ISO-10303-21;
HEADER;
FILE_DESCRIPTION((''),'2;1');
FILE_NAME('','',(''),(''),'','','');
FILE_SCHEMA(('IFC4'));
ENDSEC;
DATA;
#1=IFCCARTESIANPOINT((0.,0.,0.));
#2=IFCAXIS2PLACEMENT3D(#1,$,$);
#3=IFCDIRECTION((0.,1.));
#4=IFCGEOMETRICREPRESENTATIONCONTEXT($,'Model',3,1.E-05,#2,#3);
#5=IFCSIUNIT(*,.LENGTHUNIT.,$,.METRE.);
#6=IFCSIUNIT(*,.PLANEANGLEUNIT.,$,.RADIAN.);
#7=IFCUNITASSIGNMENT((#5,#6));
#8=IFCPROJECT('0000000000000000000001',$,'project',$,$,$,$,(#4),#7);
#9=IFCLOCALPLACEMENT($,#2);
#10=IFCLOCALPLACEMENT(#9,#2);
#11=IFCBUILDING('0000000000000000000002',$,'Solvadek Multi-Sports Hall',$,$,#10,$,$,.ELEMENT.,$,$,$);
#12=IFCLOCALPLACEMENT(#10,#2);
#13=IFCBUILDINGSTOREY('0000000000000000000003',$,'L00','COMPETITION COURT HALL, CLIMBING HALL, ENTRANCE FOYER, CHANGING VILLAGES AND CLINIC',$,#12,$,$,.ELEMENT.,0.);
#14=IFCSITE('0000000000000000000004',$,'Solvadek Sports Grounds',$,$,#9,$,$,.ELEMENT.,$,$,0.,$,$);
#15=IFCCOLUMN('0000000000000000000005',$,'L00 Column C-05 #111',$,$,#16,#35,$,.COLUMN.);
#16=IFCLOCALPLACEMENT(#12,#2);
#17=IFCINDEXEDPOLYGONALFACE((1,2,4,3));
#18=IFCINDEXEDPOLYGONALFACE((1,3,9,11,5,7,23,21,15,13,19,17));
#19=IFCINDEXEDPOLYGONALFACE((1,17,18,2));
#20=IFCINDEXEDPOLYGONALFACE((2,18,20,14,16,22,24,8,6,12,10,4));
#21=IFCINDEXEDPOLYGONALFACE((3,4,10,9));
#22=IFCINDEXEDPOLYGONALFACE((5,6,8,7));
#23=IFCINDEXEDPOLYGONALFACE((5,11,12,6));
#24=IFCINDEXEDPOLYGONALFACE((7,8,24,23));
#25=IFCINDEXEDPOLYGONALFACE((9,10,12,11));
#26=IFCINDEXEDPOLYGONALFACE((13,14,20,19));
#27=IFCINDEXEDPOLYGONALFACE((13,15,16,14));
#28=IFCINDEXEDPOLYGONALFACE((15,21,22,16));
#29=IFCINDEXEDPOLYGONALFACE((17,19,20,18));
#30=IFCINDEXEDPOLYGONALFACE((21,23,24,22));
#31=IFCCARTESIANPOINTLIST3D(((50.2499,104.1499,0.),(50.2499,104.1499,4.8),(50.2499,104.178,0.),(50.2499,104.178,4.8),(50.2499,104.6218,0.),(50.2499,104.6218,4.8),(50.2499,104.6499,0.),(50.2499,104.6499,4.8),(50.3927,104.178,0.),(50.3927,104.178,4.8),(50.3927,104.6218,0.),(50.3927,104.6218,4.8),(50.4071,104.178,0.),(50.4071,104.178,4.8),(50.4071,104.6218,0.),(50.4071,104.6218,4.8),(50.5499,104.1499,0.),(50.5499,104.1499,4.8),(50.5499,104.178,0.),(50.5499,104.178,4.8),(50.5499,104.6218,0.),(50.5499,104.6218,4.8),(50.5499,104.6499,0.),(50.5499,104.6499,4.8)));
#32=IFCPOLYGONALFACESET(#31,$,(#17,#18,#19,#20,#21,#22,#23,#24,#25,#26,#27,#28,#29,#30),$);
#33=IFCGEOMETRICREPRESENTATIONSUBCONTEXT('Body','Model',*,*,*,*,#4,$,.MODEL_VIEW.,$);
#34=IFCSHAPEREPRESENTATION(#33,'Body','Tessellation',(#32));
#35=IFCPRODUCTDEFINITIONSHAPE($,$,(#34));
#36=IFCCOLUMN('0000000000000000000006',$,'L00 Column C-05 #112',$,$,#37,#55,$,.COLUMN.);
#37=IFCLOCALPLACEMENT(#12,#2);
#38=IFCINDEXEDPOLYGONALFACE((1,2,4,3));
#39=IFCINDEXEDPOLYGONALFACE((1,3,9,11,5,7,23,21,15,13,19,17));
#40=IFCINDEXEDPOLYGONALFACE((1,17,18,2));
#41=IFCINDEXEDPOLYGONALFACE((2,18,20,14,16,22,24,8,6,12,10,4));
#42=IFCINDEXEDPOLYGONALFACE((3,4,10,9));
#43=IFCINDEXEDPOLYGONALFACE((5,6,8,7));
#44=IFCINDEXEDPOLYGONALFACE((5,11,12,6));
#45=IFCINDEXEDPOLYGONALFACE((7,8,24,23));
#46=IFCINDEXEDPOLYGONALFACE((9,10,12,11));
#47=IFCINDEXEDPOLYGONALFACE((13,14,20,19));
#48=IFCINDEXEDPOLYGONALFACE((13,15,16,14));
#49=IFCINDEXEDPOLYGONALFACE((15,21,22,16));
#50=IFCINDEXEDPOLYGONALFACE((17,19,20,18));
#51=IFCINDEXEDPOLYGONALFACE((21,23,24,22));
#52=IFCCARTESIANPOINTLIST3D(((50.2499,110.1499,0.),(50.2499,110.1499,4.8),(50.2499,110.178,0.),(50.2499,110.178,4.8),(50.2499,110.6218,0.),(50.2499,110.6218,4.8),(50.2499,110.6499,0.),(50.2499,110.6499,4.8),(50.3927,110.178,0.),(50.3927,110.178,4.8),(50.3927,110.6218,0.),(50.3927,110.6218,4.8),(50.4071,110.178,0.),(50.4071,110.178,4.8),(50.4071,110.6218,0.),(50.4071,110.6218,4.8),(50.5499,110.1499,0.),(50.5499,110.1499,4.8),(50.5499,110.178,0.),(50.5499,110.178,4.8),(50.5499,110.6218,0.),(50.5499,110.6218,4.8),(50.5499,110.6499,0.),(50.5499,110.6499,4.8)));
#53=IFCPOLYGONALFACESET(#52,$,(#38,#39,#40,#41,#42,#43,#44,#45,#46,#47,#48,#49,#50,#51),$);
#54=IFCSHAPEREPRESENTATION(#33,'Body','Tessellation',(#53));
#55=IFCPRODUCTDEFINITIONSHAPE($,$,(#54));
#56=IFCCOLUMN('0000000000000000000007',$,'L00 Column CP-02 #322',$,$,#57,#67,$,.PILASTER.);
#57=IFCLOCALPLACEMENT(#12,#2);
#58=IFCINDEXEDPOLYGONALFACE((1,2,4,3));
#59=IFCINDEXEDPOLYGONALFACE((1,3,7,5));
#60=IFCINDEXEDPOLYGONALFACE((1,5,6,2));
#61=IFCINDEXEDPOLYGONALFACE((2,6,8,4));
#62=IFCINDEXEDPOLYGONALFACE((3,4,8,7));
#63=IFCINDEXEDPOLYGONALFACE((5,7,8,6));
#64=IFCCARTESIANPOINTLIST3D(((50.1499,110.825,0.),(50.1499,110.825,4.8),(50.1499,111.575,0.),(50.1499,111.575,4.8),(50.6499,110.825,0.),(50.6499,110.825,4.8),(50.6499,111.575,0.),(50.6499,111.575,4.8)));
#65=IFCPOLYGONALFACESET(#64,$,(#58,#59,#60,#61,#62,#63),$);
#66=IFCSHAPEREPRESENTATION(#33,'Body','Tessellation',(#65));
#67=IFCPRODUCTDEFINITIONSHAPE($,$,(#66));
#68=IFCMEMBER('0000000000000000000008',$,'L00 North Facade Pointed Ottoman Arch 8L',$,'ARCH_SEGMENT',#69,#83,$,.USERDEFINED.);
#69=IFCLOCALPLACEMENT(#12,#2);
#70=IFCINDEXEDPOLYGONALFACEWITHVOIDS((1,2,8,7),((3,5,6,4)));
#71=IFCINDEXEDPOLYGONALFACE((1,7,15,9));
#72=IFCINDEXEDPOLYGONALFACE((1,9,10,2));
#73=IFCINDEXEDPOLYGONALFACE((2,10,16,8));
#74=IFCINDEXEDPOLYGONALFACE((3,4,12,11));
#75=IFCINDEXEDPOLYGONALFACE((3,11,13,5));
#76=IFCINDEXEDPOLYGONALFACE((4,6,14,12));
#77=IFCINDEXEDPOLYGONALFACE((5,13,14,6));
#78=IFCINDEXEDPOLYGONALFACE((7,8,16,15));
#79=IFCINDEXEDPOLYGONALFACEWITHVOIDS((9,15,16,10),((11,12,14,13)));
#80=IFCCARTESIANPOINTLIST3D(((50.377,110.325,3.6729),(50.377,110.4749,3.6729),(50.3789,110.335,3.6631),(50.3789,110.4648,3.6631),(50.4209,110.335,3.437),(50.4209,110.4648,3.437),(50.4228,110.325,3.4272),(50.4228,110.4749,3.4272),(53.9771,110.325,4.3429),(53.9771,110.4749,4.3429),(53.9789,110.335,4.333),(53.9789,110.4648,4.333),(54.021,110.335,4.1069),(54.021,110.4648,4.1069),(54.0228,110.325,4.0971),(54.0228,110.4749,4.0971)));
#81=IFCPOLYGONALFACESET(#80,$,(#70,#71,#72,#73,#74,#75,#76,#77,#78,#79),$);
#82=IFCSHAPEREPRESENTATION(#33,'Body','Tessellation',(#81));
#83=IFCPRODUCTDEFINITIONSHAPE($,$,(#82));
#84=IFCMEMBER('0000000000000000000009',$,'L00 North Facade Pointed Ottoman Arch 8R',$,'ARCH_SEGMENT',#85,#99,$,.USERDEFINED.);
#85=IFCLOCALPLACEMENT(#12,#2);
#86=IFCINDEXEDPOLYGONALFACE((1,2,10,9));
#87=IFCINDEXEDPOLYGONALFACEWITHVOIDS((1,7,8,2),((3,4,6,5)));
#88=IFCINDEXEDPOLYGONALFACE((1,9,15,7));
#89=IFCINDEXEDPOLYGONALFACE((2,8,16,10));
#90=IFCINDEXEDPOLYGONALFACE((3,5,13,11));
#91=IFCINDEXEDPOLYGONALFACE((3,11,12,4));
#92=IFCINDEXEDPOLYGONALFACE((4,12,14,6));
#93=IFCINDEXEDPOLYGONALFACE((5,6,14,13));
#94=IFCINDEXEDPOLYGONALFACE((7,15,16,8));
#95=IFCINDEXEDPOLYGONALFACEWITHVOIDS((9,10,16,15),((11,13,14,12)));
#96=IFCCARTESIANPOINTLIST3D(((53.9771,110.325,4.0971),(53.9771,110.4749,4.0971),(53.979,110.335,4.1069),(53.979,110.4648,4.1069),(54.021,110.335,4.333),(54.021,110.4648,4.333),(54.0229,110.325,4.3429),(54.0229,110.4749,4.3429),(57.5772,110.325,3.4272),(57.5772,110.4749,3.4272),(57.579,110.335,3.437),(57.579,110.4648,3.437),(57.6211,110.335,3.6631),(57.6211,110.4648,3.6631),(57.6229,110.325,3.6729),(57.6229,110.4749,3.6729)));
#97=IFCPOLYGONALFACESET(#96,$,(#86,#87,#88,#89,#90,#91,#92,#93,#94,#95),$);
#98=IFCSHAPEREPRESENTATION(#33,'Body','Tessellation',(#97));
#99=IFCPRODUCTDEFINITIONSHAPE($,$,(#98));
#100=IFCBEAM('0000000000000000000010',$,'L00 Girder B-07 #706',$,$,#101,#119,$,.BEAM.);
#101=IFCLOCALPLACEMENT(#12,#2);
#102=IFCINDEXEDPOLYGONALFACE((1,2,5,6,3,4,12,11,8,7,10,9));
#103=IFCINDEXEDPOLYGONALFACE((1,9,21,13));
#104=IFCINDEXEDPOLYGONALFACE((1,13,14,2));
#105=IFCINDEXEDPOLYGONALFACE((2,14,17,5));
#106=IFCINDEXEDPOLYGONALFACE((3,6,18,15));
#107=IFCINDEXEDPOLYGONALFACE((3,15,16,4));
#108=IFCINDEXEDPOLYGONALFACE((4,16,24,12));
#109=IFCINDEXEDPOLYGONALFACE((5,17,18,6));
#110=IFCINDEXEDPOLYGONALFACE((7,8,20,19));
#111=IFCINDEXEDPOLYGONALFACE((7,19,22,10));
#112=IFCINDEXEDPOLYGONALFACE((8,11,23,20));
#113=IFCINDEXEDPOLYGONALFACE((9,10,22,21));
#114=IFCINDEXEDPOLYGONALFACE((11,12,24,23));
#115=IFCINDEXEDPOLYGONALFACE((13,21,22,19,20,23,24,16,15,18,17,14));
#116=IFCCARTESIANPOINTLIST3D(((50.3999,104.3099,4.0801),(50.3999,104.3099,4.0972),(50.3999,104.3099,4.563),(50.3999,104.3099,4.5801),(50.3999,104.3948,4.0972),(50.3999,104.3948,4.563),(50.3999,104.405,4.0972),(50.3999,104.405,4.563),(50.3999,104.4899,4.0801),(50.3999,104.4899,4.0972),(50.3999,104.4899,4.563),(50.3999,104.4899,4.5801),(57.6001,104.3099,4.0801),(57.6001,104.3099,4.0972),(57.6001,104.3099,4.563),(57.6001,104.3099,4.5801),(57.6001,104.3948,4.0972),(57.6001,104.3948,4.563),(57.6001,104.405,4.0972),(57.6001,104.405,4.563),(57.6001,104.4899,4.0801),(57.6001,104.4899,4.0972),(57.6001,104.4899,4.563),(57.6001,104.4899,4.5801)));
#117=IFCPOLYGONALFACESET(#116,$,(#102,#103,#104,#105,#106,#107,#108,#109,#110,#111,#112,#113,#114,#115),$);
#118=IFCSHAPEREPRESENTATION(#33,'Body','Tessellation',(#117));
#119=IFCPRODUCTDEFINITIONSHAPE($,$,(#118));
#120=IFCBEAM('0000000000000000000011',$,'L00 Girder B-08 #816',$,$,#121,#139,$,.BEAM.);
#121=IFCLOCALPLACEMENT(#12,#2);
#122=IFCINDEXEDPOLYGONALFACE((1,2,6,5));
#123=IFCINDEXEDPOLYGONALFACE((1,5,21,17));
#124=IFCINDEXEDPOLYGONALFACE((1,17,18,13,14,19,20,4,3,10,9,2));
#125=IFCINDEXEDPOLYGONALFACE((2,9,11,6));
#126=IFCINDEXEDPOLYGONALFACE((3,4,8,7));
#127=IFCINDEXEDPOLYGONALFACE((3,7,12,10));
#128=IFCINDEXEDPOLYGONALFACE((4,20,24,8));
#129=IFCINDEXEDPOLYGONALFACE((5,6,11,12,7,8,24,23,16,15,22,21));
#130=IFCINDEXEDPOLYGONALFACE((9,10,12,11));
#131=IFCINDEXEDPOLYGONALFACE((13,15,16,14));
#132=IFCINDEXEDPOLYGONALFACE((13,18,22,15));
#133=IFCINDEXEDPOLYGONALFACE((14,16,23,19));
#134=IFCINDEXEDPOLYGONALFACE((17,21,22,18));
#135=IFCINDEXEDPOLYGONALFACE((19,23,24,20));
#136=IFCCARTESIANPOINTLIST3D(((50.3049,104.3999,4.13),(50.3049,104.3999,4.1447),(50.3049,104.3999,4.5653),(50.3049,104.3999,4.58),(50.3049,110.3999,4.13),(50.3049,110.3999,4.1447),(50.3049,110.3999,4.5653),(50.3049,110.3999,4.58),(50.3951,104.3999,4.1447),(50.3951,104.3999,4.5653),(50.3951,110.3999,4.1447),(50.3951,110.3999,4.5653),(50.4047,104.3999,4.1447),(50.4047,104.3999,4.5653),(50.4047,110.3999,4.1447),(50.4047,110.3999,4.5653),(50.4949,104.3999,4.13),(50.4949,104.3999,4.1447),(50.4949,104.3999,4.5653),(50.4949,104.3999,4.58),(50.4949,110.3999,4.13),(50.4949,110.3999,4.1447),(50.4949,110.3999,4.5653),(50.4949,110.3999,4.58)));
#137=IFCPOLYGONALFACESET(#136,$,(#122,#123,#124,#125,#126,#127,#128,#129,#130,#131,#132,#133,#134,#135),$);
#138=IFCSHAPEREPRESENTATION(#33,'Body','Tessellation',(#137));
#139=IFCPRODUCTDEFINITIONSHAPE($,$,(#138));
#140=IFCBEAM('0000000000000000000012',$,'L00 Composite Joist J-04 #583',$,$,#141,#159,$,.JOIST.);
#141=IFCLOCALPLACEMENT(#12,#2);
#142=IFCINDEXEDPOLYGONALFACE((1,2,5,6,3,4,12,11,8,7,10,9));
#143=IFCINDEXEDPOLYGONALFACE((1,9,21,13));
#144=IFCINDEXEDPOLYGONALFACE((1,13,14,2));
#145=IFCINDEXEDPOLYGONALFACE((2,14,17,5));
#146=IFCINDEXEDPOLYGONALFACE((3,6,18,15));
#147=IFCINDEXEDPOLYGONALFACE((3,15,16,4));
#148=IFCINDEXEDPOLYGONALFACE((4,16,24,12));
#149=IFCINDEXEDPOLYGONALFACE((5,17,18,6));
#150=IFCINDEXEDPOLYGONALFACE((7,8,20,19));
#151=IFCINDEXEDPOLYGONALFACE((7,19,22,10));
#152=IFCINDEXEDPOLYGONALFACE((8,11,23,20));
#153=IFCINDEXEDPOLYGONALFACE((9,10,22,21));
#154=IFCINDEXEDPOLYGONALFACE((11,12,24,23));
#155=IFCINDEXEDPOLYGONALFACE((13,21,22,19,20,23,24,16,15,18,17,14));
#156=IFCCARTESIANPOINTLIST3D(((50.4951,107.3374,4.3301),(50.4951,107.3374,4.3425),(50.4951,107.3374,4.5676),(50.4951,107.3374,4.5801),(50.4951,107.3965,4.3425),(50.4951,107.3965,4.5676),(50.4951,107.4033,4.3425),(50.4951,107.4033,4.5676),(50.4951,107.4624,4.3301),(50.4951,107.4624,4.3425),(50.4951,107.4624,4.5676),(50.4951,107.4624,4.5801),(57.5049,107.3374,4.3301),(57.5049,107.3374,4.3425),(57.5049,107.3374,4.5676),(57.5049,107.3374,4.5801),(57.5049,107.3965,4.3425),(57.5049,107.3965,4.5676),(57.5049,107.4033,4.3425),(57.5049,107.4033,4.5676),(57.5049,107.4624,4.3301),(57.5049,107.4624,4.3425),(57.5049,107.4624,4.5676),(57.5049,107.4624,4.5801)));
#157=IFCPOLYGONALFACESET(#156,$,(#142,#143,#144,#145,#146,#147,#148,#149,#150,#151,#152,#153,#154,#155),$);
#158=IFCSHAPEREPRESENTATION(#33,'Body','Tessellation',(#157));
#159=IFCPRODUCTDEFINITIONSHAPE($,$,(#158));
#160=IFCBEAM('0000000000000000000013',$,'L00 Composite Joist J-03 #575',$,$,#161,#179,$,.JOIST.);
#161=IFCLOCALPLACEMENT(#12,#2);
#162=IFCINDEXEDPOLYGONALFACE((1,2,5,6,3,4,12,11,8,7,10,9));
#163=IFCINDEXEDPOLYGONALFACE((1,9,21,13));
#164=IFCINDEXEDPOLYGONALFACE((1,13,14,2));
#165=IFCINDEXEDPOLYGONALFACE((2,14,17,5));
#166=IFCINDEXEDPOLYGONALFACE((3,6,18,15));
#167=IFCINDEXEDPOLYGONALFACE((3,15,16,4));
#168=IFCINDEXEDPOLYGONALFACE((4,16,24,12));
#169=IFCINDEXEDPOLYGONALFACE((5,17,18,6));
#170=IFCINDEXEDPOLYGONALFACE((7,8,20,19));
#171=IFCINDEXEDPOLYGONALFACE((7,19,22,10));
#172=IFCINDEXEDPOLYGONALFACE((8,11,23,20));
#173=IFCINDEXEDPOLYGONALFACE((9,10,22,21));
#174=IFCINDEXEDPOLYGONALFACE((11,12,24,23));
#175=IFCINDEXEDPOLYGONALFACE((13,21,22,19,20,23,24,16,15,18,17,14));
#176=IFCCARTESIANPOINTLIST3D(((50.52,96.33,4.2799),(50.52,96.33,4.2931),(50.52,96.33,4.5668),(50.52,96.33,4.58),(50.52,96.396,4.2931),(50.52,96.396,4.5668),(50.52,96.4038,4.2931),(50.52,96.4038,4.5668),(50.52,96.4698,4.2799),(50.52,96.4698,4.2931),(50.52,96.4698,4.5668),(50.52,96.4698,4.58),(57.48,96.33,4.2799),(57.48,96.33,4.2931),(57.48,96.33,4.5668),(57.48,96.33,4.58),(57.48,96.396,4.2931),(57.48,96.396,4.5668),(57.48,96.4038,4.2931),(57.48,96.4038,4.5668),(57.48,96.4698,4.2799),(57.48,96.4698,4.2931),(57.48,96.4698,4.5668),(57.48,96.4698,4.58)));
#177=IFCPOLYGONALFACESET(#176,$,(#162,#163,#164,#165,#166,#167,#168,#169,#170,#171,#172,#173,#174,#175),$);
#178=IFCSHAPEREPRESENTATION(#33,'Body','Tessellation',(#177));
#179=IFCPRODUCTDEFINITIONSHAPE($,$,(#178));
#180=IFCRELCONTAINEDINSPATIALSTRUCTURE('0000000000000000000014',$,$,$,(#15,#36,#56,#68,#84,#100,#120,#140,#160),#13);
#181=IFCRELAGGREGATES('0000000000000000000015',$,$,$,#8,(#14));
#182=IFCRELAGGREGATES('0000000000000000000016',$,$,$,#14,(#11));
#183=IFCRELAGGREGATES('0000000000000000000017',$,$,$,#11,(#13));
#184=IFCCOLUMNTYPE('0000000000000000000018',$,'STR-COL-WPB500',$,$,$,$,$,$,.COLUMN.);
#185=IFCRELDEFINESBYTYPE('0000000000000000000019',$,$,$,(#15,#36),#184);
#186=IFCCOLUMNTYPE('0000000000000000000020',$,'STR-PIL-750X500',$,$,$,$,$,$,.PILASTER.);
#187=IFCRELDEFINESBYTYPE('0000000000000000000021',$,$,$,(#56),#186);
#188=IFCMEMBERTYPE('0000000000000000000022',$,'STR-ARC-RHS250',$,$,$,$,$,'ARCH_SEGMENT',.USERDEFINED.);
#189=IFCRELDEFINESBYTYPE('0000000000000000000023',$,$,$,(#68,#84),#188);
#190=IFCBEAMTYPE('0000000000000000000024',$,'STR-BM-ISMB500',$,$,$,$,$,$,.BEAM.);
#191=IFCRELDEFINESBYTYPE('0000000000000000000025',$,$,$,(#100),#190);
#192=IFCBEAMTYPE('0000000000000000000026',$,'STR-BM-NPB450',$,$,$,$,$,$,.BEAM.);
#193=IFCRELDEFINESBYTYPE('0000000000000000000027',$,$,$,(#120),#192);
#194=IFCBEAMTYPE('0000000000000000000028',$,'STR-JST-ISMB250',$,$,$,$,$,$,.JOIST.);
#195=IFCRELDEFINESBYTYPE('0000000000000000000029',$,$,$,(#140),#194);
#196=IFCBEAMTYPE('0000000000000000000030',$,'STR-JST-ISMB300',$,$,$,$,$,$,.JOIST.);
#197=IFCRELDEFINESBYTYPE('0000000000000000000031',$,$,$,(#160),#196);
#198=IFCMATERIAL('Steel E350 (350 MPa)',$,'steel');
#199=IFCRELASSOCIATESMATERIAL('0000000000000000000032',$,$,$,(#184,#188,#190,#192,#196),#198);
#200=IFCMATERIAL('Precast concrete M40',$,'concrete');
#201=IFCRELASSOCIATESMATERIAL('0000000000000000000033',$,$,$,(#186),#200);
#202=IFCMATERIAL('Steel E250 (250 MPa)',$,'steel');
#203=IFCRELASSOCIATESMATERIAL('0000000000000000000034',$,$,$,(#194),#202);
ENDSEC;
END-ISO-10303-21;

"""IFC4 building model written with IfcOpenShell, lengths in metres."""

from ifc_helpers import new_model, si_unit, direction, frame, origin, origin_2d, place, context, subcontext, project, spatial, rectangle, hollow_rectangle, i_section, extrude, material, material_profile, profile_set, type_object, element, save


model = new_model("IFC4")

# Units and contexts
model_context = context("Model", 3, precision=1e-05, world=origin(), true_north=direction((0.0, 1.0)))
body_context = subcontext(model_context, "Body", "Model", "MODEL_VIEW")
ifc_project = project(units=[si_unit("LENGTHUNIT", "METRE"), si_unit("PLANEANGLEUNIT", "RADIAN")], contexts=[model_context])

# Site, building, storey
site_placement = place(None, origin())
site = spatial("IfcSite", under=ifc_project, at=site_placement, Name="Solvadek Sports Grounds", CompositionType="ELEMENT", RefElevation=0.0)
building_placement = place(site_placement, origin())
building = spatial("IfcBuilding", under=site, at=building_placement, Name="Solvadek Multi-Sports Hall", CompositionType="ELEMENT")
storey_placement = place(building_placement, origin())
storey = spatial("IfcBuildingStorey", under=building, at=storey_placement, Name="L00", Description="COMPETITION COURT HALL, CLIMBING HALL, ENTRANCE FOYER, CHANGING VILLAGES AND CLINIC", CompositionType="ELEMENT", Elevation=0.0)

# Columns
ifc_material_1 = material(Name="Steel E350 (350 MPa)", Category="steel")
ifc_material_profile_1 = material_profile(ifc_material_1, i_section(OverallWidth=0.3, OverallDepth=0.5, WebThickness=0.0144, FlangeThickness=0.0281, at=origin_2d()), Name="WPB 500")
ifc_profile_set_1 = profile_set([ifc_material_profile_1], Name="Steel E350 (350 MPa)")
column_type_1 = type_object("IfcColumnType", Name="STR-COL-WPB500", PredefinedType="COLUMN", material=ifc_profile_set_1)
for number, where, z_axis, x_axis, name in (
    (1, (50.3999, 104.3999, 0.0), (0.0, 0.0, 1.0), (1.0, 0.0, 0.0), "L00 Column C-05 #111"),
    (2, (50.3999, 110.3999, 0.0), (0.0, 0.0, 1.0), (1.0, 0.0, 0.0), "L00 Column C-05 #112"),
):
    element("IfcColumn", number, at=place(storey_placement, frame(where, z_axis=z_axis, x_axis=x_axis)), inside=storey, type_object=column_type_1, Name=name, PredefinedType="COLUMN", context=body_context, shape_type="SweptSolid", body=[
        extrude(i_section(OverallWidth=0.3, OverallDepth=0.5, WebThickness=0.0144, FlangeThickness=0.0281, at=origin_2d()), origin(), (0.0, 0.0, 1.0), 4.8),
    ])
ifc_material_2 = material(Name="Precast concrete M40", Category="concrete")
ifc_material_profile_2 = material_profile(ifc_material_2, rectangle(XDim=0.5, YDim=0.75, at=origin_2d()), Name="RC PILASTER 750x500")
ifc_profile_set_2 = profile_set([ifc_material_profile_2], Name="Precast concrete M40")
column_type_2 = type_object("IfcColumnType", Name="STR-PIL-750X500", PredefinedType="PILASTER", material=ifc_profile_set_2)
column_placement = place(storey_placement, frame((50.3999, 111.2, 0.0), z_axis=(0.0, 0.0, 1.0), x_axis=(1.0, 0.0, 0.0)))
element("IfcColumn", 3, at=column_placement, inside=storey, type_object=column_type_2, Name="L00 Column CP-02 #322", PredefinedType="PILASTER", context=body_context, shape_type="SweptSolid", body=[
    extrude(rectangle(XDim=0.5, YDim=0.75, at=origin_2d()), origin(), (0.0, 0.0, 1.0), 4.8),
])

# Members
ifc_material_profile_3 = material_profile(ifc_material_1, hollow_rectangle(XDim=0.1499, YDim=0.25, WallThickness=0.01, at=origin_2d()), Name="RHS 250x150x10")
ifc_profile_set_3 = profile_set([ifc_material_profile_3], Name="Steel E350 (350 MPa)")
member_type = type_object("IfcMemberType", Name="STR-ARC-RHS250", ElementType="ARCH_SEGMENT", PredefinedType="USERDEFINED", material=ifc_profile_set_3)
for number, where, z_axis, x_axis, name in (
    (4, (50.3999, 110.3999, 3.55), (0.983123, 0.0, 0.182944), (0.0, 1.0, 0.0), "L00 North Facade Pointed Ottoman Arch 8L"),
    (5, (54.0, 110.3999, 4.22), (0.983123, 0.0, -0.182944), (0.0, 1.0, 0.0), "L00 North Facade Pointed Ottoman Arch 8R"),
):
    element("IfcMember", number, at=place(storey_placement, frame(where, z_axis=z_axis, x_axis=x_axis)), inside=storey, type_object=member_type, Name=name, ObjectType="ARCH_SEGMENT", PredefinedType="USERDEFINED", context=body_context, shape_type="SweptSolid", body=[
        extrude(hollow_rectangle(XDim=0.1499, YDim=0.25, WallThickness=0.01, at=origin_2d()), origin(), (0.0, 0.0, 1.0), 3.6619),
    ])

# Beams
ifc_material_profile_4 = material_profile(ifc_material_1, i_section(OverallWidth=0.1799, OverallDepth=0.5, WebThickness=0.0103, FlangeThickness=0.0171, at=origin_2d()), Name="ISMB 500")
ifc_profile_set_4 = profile_set([ifc_material_profile_4], Name="Steel E350 (350 MPa)")
beam_type_1 = type_object("IfcBeamType", Name="STR-BM-ISMB500", PredefinedType="BEAM", material=ifc_profile_set_4)
beam_1_placement = place(storey_placement, frame((50.3999, 104.3999, 4.3301), z_axis=(1.0, 0.0, 0.0), x_axis=(0.0, 1.0, 0.0)))
element("IfcBeam", 6, at=beam_1_placement, inside=storey, type_object=beam_type_1, Name="L00 Girder B-07 #706", PredefinedType="BEAM", context=body_context, shape_type="SweptSolid", body=[
    extrude(i_section(OverallWidth=0.1799, OverallDepth=0.5, WebThickness=0.0103, FlangeThickness=0.0171, at=origin_2d()), origin(), (0.0, 0.0, 1.0), 7.2002),
])
ifc_material_profile_5 = material_profile(ifc_material_1, i_section(OverallWidth=0.1899, OverallDepth=0.45, WebThickness=0.0095, FlangeThickness=0.0146, at=origin_2d()), Name="NPB 450")
ifc_profile_set_5 = profile_set([ifc_material_profile_5], Name="Steel E350 (350 MPa)")
beam_type_2 = type_object("IfcBeamType", Name="STR-BM-NPB450", PredefinedType="BEAM", material=ifc_profile_set_5)
beam_2_placement = place(storey_placement, frame((50.3999, 104.3999, 4.355), z_axis=(0.0, 1.0, 0.0), x_axis=(-1.0, 0.0, 0.0)))
element("IfcBeam", 7, at=beam_2_placement, inside=storey, type_object=beam_type_2, Name="L00 Girder B-08 #816", PredefinedType="BEAM", context=body_context, shape_type="SweptSolid", body=[
    extrude(i_section(OverallWidth=0.1899, OverallDepth=0.45, WebThickness=0.0095, FlangeThickness=0.0146, at=origin_2d()), origin(), (0.0, 0.0, 1.0), 6.0),
])
ifc_material_3 = material(Name="Steel E250 (250 MPa)", Category="steel")
ifc_material_profile_6 = material_profile(ifc_material_3, i_section(OverallWidth=0.125, OverallDepth=0.25, WebThickness=0.0068, FlangeThickness=0.0125, at=origin_2d()), Name="ISMB 250")
ifc_profile_set_6 = profile_set([ifc_material_profile_6], Name="Steel E250 (250 MPa)")
beam_type_3 = type_object("IfcBeamType", Name="STR-JST-ISMB250", PredefinedType="JOIST", material=ifc_profile_set_6)
beam_3_placement = place(storey_placement, frame((50.4951, 107.3999, 4.4551), z_axis=(1.0, 0.0, 0.0), x_axis=(0.0, 1.0, 0.0)))
element("IfcBeam", 8, at=beam_3_placement, inside=storey, type_object=beam_type_3, Name="L00 Composite Joist J-04 #583", PredefinedType="JOIST", context=body_context, shape_type="SweptSolid", body=[
    extrude(i_section(OverallWidth=0.125, OverallDepth=0.25, WebThickness=0.0068, FlangeThickness=0.0125, at=origin_2d()), origin(), (0.0, 0.0, 1.0), 7.0098),
])
ifc_material_profile_7 = material_profile(ifc_material_1, i_section(OverallWidth=0.1399, OverallDepth=0.3, WebThickness=0.0078, FlangeThickness=0.0132, at=origin_2d()), Name="ISMB 300")
ifc_profile_set_7 = profile_set([ifc_material_profile_7], Name="Steel E350 (350 MPa)")
beam_type_4 = type_object("IfcBeamType", Name="STR-JST-ISMB300", PredefinedType="JOIST", material=ifc_profile_set_7)
beam_4_placement = place(storey_placement, frame((50.52, 96.3999, 4.4299), z_axis=(1.0, 0.0, 0.0), x_axis=(0.0, 1.0, 0.0)))
element("IfcBeam", 9, at=beam_4_placement, inside=storey, type_object=beam_type_4, Name="L00 Composite Joist J-03 #575", PredefinedType="JOIST", context=body_context, shape_type="SweptSolid", body=[
    extrude(i_section(OverallWidth=0.1399, OverallDepth=0.3, WebThickness=0.0078, FlangeThickness=0.0132, at=origin_2d()), origin(), (0.0, 0.0, 1.0), 6.96),
])

save(model, "model.ifc")
